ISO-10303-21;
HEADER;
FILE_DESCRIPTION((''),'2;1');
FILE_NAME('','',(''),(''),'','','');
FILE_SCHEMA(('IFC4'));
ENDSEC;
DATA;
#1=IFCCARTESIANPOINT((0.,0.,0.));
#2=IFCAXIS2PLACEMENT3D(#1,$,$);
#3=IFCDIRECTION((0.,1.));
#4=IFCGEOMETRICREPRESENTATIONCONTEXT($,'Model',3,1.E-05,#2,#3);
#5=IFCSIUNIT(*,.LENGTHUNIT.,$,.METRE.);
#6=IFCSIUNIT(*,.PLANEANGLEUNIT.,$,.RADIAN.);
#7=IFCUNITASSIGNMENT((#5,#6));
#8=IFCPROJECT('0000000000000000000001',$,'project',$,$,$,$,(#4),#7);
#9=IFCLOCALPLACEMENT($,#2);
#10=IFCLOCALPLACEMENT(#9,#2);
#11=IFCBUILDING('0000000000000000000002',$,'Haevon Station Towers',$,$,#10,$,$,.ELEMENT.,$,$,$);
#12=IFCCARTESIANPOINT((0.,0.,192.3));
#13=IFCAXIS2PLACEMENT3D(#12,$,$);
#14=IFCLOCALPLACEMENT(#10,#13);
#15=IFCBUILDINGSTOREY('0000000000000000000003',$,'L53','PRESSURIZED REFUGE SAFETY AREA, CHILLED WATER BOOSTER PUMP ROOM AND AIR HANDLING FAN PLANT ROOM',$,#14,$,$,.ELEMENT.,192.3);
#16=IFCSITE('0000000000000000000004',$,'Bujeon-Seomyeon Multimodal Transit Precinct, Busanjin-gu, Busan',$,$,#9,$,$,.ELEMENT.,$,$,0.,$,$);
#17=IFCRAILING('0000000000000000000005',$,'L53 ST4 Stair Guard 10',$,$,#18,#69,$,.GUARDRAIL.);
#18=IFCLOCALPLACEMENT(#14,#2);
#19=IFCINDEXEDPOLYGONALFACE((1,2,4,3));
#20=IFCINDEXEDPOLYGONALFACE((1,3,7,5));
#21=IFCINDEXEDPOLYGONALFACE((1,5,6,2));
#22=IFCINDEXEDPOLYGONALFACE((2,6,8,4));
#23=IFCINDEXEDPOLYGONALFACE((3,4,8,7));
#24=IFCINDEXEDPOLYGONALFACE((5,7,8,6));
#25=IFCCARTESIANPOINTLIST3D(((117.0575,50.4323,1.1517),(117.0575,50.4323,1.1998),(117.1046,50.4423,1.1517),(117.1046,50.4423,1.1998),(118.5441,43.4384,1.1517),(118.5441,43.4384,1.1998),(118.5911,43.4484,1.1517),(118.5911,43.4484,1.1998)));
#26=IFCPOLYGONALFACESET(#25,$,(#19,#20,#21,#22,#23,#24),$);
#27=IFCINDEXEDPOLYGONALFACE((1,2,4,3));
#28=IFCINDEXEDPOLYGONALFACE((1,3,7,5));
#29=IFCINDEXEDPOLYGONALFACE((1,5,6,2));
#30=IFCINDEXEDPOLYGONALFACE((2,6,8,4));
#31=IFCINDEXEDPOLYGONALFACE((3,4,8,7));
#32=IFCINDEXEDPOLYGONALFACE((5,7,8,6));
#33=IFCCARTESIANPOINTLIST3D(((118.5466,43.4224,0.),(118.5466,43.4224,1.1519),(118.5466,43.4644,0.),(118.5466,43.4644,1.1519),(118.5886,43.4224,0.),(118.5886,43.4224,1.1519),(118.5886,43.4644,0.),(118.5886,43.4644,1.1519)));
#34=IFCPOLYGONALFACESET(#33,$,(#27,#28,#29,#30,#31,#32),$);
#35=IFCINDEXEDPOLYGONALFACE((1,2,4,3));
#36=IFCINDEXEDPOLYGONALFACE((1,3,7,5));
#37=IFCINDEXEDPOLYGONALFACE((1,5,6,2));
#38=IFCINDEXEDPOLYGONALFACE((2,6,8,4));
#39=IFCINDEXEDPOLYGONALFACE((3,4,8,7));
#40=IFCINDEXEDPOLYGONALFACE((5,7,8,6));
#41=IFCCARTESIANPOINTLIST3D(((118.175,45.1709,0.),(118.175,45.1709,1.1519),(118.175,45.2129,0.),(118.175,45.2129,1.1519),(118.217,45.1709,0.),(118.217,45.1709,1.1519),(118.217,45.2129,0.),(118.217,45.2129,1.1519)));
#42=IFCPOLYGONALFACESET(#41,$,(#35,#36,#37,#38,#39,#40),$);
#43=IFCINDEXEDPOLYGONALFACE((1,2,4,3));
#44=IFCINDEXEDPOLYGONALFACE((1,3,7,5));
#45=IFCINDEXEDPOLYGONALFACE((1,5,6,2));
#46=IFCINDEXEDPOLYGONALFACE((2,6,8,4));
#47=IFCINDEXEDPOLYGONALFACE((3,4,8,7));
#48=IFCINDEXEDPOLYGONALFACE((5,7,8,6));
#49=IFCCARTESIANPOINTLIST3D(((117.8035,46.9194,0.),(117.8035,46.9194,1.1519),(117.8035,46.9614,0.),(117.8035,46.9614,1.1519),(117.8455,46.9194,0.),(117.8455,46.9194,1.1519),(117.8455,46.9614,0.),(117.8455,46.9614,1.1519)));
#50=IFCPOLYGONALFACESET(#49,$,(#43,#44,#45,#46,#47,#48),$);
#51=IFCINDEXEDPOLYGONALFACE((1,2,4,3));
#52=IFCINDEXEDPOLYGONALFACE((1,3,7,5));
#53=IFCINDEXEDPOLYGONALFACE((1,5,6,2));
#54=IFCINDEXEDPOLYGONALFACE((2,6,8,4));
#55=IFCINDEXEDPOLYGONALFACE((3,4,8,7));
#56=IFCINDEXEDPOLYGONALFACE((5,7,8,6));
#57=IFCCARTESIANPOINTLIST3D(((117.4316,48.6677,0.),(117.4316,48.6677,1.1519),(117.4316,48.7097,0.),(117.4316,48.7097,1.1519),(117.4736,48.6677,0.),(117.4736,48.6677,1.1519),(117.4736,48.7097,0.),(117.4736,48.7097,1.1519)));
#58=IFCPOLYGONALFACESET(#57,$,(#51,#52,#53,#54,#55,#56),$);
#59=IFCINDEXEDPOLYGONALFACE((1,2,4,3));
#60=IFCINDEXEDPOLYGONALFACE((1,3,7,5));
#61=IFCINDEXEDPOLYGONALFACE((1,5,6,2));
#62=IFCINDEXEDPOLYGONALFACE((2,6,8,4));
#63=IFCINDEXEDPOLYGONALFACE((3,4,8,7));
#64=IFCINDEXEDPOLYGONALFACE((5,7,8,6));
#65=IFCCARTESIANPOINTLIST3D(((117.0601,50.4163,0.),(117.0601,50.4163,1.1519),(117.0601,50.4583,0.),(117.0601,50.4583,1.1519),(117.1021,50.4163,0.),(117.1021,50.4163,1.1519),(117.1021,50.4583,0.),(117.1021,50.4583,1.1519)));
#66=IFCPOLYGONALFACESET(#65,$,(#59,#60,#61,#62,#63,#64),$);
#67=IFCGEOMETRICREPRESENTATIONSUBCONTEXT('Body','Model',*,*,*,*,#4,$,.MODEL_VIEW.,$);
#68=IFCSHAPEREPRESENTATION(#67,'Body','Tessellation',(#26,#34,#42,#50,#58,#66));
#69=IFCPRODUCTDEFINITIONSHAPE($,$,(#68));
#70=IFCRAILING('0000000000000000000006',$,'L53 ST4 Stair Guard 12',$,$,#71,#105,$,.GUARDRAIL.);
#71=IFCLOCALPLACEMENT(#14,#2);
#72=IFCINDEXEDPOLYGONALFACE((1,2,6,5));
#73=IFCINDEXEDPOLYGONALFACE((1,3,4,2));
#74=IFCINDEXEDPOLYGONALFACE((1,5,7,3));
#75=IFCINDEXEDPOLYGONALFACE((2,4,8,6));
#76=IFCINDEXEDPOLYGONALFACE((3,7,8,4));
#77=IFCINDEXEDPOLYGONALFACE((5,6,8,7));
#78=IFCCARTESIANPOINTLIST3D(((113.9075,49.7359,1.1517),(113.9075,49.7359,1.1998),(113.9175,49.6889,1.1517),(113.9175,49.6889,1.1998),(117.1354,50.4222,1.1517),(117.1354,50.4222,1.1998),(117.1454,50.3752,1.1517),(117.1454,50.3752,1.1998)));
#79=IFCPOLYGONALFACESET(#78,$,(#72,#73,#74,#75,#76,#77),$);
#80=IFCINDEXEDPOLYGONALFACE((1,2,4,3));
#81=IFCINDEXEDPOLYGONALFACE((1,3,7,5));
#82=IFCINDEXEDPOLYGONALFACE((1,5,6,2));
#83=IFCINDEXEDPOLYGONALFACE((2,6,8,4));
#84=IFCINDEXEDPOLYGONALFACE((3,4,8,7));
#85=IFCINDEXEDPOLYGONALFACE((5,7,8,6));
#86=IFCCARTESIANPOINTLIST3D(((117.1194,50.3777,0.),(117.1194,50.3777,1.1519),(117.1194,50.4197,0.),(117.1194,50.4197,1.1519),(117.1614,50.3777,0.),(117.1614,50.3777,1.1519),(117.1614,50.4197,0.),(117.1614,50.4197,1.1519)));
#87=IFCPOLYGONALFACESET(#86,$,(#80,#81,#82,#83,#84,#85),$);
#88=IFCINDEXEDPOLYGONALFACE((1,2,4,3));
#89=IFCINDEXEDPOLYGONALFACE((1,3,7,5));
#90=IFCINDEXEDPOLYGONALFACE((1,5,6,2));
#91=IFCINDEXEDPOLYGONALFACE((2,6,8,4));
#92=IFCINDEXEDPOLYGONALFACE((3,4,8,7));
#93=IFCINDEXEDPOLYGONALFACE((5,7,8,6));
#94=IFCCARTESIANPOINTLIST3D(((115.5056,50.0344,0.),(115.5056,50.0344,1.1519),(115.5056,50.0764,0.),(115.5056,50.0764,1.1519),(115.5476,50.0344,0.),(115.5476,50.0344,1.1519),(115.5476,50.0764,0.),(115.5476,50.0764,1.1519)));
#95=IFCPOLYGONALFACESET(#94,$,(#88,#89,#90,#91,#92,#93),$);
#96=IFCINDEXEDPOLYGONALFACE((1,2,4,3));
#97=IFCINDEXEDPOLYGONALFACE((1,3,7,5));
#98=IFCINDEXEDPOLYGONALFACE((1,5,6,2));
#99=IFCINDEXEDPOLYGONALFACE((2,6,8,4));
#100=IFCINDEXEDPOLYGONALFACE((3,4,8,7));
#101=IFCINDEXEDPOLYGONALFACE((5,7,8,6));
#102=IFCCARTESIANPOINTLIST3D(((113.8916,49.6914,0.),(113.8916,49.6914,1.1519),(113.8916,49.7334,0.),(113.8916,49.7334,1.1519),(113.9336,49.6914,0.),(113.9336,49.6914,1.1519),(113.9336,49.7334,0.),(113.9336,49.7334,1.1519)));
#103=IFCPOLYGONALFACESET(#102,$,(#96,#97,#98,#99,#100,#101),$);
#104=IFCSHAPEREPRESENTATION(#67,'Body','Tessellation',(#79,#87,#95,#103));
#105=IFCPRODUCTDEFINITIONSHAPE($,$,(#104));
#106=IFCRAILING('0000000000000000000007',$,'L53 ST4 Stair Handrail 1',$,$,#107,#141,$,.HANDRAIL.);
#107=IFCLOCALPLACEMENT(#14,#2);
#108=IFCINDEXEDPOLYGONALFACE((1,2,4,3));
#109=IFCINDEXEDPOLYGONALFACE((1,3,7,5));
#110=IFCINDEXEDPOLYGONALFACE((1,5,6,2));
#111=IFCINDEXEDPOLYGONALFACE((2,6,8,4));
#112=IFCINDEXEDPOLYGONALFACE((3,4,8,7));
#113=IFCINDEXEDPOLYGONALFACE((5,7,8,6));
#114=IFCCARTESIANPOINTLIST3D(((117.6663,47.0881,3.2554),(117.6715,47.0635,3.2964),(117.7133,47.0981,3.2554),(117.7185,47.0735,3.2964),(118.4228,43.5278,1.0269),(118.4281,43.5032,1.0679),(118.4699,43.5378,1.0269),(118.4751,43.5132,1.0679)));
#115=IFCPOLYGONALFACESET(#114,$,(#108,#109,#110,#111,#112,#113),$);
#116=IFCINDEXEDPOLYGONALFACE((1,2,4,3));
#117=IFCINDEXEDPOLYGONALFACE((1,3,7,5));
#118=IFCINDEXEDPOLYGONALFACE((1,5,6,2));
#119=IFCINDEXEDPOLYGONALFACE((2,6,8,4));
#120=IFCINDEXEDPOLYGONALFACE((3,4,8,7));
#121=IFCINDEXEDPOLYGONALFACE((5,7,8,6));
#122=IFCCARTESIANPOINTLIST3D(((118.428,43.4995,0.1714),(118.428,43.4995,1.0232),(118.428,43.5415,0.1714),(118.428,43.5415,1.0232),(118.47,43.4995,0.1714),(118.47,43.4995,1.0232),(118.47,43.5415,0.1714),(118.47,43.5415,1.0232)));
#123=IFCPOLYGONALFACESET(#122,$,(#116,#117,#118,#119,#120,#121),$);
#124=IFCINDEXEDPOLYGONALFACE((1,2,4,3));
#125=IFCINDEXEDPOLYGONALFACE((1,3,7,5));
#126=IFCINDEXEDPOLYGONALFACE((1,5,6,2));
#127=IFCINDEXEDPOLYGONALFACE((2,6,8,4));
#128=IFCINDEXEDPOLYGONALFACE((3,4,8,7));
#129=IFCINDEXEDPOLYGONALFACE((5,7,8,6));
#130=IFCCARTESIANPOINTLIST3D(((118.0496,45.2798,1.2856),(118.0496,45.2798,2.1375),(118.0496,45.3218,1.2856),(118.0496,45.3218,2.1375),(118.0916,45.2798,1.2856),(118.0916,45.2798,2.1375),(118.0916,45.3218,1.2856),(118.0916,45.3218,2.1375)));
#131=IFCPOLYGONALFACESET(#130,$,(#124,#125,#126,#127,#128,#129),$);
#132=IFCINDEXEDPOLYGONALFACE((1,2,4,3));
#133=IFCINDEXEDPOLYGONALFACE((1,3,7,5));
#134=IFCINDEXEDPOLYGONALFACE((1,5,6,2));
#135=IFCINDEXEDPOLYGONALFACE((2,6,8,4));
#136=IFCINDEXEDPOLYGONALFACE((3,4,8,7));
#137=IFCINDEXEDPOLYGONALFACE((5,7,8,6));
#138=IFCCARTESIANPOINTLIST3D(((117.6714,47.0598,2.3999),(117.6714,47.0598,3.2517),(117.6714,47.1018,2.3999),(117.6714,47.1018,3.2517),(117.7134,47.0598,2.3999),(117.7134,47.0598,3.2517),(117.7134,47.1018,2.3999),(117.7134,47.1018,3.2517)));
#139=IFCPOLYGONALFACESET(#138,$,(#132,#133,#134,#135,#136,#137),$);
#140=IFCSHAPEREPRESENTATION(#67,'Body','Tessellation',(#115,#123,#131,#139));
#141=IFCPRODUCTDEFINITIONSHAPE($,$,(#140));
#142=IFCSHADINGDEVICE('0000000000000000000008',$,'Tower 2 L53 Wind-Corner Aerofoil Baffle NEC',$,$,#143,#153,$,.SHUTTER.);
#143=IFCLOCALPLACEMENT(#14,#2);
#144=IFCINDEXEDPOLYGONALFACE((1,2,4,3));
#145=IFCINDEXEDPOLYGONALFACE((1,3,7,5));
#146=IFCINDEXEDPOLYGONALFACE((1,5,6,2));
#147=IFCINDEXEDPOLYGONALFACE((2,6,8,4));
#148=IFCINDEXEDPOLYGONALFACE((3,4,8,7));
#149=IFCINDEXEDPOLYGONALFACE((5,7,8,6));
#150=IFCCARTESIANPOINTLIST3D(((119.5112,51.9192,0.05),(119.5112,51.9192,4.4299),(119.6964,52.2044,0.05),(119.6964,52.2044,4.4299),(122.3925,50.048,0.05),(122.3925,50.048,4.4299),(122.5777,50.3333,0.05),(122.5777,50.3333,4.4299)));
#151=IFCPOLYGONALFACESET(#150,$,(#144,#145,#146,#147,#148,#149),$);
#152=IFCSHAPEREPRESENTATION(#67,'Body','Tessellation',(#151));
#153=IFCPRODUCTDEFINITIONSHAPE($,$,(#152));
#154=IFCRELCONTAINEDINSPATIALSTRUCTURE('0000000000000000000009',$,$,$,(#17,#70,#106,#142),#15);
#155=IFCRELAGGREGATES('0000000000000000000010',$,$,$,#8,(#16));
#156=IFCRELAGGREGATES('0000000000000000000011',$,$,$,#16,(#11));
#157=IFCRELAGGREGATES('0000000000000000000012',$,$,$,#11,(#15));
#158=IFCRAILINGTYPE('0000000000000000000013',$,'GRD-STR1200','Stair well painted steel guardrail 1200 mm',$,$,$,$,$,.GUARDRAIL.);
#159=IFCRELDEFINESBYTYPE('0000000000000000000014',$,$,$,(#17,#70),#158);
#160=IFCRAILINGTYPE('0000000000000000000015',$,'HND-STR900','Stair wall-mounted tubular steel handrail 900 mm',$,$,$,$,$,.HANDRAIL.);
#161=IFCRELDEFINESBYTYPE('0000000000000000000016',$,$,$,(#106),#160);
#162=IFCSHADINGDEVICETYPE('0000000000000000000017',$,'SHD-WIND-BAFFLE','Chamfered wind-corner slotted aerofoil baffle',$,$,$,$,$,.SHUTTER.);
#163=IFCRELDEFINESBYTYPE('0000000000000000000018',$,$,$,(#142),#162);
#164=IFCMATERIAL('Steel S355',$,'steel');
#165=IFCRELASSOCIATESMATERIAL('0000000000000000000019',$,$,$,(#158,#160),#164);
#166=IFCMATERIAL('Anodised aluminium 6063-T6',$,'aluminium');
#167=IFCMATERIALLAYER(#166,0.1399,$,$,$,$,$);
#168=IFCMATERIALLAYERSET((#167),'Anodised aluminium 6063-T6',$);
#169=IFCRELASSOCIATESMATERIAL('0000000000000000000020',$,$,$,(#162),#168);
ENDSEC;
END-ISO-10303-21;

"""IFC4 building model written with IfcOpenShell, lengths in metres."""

from ifc_helpers import new_model, si_unit, direction, frame, origin, origin_2d, place, context, subcontext, project, spatial, rectangle, extrude, material, layer, layer_set, type_object, element, save


model = new_model("IFC4")

# Units and contexts
model_context = context("Model", 3, precision=1e-05, world=origin(), true_north=direction((0.0, 1.0)))
body_context = subcontext(model_context, "Body", "Model", "MODEL_VIEW")
ifc_project = project(units=[si_unit("LENGTHUNIT", "METRE"), si_unit("PLANEANGLEUNIT", "RADIAN")], contexts=[model_context])

# Site, building, storey
site_placement = place(None, origin())
site = spatial("IfcSite", under=ifc_project, at=site_placement, Name="Bujeon-Seomyeon Multimodal Transit Precinct, Busanjin-gu, Busan", CompositionType="ELEMENT", RefElevation=0.0)
building_placement = place(site_placement, origin())
building = spatial("IfcBuilding", under=site, at=building_placement, Name="Haevon Station Towers", CompositionType="ELEMENT")
storey_placement = place(building_placement, frame((0.0, 0.0, 192.3)))
storey = spatial("IfcBuildingStorey", under=building, at=storey_placement, Name="L53", Description="PRESSURIZED REFUGE SAFETY AREA, CHILLED WATER BOOSTER PUMP ROOM AND AIR HANDLING FAN PLANT ROOM", CompositionType="ELEMENT", Elevation=192.3)

# Shared definitions
ifc_material_1 = material(Name="Steel S355", Category="steel")

# Railings
railing_type_1 = type_object("IfcRailingType", Name="GRD-STR1200", Description="Stair well painted steel guardrail 1200 mm", PredefinedType="GUARDRAIL", material=ifc_material_1)
railing_1_placement = place(storey_placement, frame((118.5676, 43.4434, 0.0)))
element("IfcRailing", 1, at=railing_1_placement, inside=storey, type_object=railing_type_1, Name="L53 ST4 Stair Guard 10", PredefinedType="GUARDRAIL", context=body_context, shape_type="SweptSolid", body=[
    extrude(rectangle(XDim=0.0481, YDim=0.0481, at=origin_2d()), frame((0.0, 0.0, 1.1758), z_axis=(-0.207908, 0.978148, 0.0), x_axis=(-0.978148, -0.207908, 0.0)), (0.0, 0.0, 1.0), 7.1501),
    extrude(rectangle(XDim=0.042, YDim=0.042, at=origin_2d()), origin(), (0.0, 0.0, 1.0), 1.1519),
    extrude(rectangle(XDim=0.042, YDim=0.042, at=origin_2d()), frame((-0.3716, 1.7485, 0.0)), (0.0, 0.0, 1.0), 1.1519),
    extrude(rectangle(XDim=0.042, YDim=0.042, at=origin_2d()), frame((-0.7432, 3.4971, 0.0)), (0.0, 0.0, 1.0), 1.1519),
    extrude(rectangle(XDim=0.042, YDim=0.042, at=origin_2d()), frame((-1.115, 5.2454, 0.0)), (0.0, 0.0, 1.0), 1.1519),
    extrude(rectangle(XDim=0.042, YDim=0.042, at=origin_2d()), frame((-1.4866, 6.9939, 0.0)), (0.0, 0.0, 1.0), 1.1519),
])
railing_2_placement = place(storey_placement, frame((117.1404, 50.3987, 0.0)))
element("IfcRailing", 2, at=railing_2_placement, inside=storey, type_object=railing_type_1, Name="L53 ST4 Stair Guard 12", PredefinedType="GUARDRAIL", context=body_context, shape_type="SweptSolid", body=[
    extrude(rectangle(XDim=0.0481, YDim=0.0481, at=origin_2d()), frame((0.0, 0.0, 1.1758), z_axis=(-0.978136, -0.207968, 0.0), x_axis=(0.207968, -0.978136, 0.0)), (0.0, 0.0, 1.0), 3.3),
    extrude(rectangle(XDim=0.042, YDim=0.042, at=origin_2d()), origin(), (0.0, 0.0, 1.0), 1.1519),
    extrude(rectangle(XDim=0.042, YDim=0.042, at=origin_2d()), frame((-1.6138, -0.3433, 0.0)), (0.0, 0.0, 1.0), 1.1519),
    extrude(rectangle(XDim=0.042, YDim=0.042, at=origin_2d()), frame((-3.2278, -0.6863, 0.0)), (0.0, 0.0, 1.0), 1.1519),
])
railing_type_2 = type_object("IfcRailingType", Name="HND-STR900", Description="Stair wall-mounted tubular steel handrail 900 mm", PredefinedType="HANDRAIL", material=ifc_material_1)
railing_3_placement = place(storey_placement, frame((118.449, 43.5205, 0.1714)))
element("IfcRailing", 3, at=railing_3_placement, inside=storey, type_object=railing_type_2, Name="L53 ST4 Stair Handrail 1", PredefinedType="HANDRAIL", context=body_context, shape_type="SweptSolid", body=[
    extrude(rectangle(XDim=0.0481, YDim=0.0481, at=origin_2d()), frame((0.0, 0.0, 0.876), z_axis=(-0.177277, 0.834216, 0.522165), x_axis=(-0.978157, -0.207866, 0.0)), (0.0, 0.0, 1.0), 4.2678),
    extrude(rectangle(XDim=0.042, YDim=0.042, at=origin_2d()), origin(), (0.0, 0.0, 1.0), 0.8518),
    extrude(rectangle(XDim=0.042, YDim=0.042, at=origin_2d()), frame((-0.3784, 1.7803, 1.1143)), (0.0, 0.0, 1.0), 0.8518),
    extrude(rectangle(XDim=0.042, YDim=0.042, at=origin_2d()), frame((-0.7566, 3.5603, 2.2285)), (0.0, 0.0, 1.0), 0.8518),
])

# Shading device
ifc_material_2 = material(Name="Anodised aluminium 6063-T6", Category="aluminium")
ifc_layer_1 = layer(ifc_material_2, 0.1399)
ifc_layer_set_1 = layer_set([ifc_layer_1], Name="Anodised aluminium 6063-T6")
shading_device_type = type_object("IfcShadingDeviceType", Name="SHD-WIND-BAFFLE", Description="Chamfered wind-corner slotted aerofoil baffle", PredefinedType="SHUTTER", material=ifc_layer_set_1)
shading_device_placement = place(storey_placement, frame((121.0444, 51.1262, 0.05), z_axis=(0.0, 0.0, 1.0), x_axis=(0.838671, -0.544639, 0.0)))
element("IfcShadingDevice", 4, at=shading_device_placement, inside=storey, type_object=shading_device_type, Name="Tower 2 L53 Wind-Corner Aerofoil Baffle NEC", PredefinedType="SHUTTER", context=body_context, shape_type="SweptSolid", body=[
    extrude(rectangle(XDim=3.4355, YDim=0.3401, at=origin_2d()), origin(), (0.0, 0.0, 1.0), 4.3799),
])

save(model, "model.ifc")
